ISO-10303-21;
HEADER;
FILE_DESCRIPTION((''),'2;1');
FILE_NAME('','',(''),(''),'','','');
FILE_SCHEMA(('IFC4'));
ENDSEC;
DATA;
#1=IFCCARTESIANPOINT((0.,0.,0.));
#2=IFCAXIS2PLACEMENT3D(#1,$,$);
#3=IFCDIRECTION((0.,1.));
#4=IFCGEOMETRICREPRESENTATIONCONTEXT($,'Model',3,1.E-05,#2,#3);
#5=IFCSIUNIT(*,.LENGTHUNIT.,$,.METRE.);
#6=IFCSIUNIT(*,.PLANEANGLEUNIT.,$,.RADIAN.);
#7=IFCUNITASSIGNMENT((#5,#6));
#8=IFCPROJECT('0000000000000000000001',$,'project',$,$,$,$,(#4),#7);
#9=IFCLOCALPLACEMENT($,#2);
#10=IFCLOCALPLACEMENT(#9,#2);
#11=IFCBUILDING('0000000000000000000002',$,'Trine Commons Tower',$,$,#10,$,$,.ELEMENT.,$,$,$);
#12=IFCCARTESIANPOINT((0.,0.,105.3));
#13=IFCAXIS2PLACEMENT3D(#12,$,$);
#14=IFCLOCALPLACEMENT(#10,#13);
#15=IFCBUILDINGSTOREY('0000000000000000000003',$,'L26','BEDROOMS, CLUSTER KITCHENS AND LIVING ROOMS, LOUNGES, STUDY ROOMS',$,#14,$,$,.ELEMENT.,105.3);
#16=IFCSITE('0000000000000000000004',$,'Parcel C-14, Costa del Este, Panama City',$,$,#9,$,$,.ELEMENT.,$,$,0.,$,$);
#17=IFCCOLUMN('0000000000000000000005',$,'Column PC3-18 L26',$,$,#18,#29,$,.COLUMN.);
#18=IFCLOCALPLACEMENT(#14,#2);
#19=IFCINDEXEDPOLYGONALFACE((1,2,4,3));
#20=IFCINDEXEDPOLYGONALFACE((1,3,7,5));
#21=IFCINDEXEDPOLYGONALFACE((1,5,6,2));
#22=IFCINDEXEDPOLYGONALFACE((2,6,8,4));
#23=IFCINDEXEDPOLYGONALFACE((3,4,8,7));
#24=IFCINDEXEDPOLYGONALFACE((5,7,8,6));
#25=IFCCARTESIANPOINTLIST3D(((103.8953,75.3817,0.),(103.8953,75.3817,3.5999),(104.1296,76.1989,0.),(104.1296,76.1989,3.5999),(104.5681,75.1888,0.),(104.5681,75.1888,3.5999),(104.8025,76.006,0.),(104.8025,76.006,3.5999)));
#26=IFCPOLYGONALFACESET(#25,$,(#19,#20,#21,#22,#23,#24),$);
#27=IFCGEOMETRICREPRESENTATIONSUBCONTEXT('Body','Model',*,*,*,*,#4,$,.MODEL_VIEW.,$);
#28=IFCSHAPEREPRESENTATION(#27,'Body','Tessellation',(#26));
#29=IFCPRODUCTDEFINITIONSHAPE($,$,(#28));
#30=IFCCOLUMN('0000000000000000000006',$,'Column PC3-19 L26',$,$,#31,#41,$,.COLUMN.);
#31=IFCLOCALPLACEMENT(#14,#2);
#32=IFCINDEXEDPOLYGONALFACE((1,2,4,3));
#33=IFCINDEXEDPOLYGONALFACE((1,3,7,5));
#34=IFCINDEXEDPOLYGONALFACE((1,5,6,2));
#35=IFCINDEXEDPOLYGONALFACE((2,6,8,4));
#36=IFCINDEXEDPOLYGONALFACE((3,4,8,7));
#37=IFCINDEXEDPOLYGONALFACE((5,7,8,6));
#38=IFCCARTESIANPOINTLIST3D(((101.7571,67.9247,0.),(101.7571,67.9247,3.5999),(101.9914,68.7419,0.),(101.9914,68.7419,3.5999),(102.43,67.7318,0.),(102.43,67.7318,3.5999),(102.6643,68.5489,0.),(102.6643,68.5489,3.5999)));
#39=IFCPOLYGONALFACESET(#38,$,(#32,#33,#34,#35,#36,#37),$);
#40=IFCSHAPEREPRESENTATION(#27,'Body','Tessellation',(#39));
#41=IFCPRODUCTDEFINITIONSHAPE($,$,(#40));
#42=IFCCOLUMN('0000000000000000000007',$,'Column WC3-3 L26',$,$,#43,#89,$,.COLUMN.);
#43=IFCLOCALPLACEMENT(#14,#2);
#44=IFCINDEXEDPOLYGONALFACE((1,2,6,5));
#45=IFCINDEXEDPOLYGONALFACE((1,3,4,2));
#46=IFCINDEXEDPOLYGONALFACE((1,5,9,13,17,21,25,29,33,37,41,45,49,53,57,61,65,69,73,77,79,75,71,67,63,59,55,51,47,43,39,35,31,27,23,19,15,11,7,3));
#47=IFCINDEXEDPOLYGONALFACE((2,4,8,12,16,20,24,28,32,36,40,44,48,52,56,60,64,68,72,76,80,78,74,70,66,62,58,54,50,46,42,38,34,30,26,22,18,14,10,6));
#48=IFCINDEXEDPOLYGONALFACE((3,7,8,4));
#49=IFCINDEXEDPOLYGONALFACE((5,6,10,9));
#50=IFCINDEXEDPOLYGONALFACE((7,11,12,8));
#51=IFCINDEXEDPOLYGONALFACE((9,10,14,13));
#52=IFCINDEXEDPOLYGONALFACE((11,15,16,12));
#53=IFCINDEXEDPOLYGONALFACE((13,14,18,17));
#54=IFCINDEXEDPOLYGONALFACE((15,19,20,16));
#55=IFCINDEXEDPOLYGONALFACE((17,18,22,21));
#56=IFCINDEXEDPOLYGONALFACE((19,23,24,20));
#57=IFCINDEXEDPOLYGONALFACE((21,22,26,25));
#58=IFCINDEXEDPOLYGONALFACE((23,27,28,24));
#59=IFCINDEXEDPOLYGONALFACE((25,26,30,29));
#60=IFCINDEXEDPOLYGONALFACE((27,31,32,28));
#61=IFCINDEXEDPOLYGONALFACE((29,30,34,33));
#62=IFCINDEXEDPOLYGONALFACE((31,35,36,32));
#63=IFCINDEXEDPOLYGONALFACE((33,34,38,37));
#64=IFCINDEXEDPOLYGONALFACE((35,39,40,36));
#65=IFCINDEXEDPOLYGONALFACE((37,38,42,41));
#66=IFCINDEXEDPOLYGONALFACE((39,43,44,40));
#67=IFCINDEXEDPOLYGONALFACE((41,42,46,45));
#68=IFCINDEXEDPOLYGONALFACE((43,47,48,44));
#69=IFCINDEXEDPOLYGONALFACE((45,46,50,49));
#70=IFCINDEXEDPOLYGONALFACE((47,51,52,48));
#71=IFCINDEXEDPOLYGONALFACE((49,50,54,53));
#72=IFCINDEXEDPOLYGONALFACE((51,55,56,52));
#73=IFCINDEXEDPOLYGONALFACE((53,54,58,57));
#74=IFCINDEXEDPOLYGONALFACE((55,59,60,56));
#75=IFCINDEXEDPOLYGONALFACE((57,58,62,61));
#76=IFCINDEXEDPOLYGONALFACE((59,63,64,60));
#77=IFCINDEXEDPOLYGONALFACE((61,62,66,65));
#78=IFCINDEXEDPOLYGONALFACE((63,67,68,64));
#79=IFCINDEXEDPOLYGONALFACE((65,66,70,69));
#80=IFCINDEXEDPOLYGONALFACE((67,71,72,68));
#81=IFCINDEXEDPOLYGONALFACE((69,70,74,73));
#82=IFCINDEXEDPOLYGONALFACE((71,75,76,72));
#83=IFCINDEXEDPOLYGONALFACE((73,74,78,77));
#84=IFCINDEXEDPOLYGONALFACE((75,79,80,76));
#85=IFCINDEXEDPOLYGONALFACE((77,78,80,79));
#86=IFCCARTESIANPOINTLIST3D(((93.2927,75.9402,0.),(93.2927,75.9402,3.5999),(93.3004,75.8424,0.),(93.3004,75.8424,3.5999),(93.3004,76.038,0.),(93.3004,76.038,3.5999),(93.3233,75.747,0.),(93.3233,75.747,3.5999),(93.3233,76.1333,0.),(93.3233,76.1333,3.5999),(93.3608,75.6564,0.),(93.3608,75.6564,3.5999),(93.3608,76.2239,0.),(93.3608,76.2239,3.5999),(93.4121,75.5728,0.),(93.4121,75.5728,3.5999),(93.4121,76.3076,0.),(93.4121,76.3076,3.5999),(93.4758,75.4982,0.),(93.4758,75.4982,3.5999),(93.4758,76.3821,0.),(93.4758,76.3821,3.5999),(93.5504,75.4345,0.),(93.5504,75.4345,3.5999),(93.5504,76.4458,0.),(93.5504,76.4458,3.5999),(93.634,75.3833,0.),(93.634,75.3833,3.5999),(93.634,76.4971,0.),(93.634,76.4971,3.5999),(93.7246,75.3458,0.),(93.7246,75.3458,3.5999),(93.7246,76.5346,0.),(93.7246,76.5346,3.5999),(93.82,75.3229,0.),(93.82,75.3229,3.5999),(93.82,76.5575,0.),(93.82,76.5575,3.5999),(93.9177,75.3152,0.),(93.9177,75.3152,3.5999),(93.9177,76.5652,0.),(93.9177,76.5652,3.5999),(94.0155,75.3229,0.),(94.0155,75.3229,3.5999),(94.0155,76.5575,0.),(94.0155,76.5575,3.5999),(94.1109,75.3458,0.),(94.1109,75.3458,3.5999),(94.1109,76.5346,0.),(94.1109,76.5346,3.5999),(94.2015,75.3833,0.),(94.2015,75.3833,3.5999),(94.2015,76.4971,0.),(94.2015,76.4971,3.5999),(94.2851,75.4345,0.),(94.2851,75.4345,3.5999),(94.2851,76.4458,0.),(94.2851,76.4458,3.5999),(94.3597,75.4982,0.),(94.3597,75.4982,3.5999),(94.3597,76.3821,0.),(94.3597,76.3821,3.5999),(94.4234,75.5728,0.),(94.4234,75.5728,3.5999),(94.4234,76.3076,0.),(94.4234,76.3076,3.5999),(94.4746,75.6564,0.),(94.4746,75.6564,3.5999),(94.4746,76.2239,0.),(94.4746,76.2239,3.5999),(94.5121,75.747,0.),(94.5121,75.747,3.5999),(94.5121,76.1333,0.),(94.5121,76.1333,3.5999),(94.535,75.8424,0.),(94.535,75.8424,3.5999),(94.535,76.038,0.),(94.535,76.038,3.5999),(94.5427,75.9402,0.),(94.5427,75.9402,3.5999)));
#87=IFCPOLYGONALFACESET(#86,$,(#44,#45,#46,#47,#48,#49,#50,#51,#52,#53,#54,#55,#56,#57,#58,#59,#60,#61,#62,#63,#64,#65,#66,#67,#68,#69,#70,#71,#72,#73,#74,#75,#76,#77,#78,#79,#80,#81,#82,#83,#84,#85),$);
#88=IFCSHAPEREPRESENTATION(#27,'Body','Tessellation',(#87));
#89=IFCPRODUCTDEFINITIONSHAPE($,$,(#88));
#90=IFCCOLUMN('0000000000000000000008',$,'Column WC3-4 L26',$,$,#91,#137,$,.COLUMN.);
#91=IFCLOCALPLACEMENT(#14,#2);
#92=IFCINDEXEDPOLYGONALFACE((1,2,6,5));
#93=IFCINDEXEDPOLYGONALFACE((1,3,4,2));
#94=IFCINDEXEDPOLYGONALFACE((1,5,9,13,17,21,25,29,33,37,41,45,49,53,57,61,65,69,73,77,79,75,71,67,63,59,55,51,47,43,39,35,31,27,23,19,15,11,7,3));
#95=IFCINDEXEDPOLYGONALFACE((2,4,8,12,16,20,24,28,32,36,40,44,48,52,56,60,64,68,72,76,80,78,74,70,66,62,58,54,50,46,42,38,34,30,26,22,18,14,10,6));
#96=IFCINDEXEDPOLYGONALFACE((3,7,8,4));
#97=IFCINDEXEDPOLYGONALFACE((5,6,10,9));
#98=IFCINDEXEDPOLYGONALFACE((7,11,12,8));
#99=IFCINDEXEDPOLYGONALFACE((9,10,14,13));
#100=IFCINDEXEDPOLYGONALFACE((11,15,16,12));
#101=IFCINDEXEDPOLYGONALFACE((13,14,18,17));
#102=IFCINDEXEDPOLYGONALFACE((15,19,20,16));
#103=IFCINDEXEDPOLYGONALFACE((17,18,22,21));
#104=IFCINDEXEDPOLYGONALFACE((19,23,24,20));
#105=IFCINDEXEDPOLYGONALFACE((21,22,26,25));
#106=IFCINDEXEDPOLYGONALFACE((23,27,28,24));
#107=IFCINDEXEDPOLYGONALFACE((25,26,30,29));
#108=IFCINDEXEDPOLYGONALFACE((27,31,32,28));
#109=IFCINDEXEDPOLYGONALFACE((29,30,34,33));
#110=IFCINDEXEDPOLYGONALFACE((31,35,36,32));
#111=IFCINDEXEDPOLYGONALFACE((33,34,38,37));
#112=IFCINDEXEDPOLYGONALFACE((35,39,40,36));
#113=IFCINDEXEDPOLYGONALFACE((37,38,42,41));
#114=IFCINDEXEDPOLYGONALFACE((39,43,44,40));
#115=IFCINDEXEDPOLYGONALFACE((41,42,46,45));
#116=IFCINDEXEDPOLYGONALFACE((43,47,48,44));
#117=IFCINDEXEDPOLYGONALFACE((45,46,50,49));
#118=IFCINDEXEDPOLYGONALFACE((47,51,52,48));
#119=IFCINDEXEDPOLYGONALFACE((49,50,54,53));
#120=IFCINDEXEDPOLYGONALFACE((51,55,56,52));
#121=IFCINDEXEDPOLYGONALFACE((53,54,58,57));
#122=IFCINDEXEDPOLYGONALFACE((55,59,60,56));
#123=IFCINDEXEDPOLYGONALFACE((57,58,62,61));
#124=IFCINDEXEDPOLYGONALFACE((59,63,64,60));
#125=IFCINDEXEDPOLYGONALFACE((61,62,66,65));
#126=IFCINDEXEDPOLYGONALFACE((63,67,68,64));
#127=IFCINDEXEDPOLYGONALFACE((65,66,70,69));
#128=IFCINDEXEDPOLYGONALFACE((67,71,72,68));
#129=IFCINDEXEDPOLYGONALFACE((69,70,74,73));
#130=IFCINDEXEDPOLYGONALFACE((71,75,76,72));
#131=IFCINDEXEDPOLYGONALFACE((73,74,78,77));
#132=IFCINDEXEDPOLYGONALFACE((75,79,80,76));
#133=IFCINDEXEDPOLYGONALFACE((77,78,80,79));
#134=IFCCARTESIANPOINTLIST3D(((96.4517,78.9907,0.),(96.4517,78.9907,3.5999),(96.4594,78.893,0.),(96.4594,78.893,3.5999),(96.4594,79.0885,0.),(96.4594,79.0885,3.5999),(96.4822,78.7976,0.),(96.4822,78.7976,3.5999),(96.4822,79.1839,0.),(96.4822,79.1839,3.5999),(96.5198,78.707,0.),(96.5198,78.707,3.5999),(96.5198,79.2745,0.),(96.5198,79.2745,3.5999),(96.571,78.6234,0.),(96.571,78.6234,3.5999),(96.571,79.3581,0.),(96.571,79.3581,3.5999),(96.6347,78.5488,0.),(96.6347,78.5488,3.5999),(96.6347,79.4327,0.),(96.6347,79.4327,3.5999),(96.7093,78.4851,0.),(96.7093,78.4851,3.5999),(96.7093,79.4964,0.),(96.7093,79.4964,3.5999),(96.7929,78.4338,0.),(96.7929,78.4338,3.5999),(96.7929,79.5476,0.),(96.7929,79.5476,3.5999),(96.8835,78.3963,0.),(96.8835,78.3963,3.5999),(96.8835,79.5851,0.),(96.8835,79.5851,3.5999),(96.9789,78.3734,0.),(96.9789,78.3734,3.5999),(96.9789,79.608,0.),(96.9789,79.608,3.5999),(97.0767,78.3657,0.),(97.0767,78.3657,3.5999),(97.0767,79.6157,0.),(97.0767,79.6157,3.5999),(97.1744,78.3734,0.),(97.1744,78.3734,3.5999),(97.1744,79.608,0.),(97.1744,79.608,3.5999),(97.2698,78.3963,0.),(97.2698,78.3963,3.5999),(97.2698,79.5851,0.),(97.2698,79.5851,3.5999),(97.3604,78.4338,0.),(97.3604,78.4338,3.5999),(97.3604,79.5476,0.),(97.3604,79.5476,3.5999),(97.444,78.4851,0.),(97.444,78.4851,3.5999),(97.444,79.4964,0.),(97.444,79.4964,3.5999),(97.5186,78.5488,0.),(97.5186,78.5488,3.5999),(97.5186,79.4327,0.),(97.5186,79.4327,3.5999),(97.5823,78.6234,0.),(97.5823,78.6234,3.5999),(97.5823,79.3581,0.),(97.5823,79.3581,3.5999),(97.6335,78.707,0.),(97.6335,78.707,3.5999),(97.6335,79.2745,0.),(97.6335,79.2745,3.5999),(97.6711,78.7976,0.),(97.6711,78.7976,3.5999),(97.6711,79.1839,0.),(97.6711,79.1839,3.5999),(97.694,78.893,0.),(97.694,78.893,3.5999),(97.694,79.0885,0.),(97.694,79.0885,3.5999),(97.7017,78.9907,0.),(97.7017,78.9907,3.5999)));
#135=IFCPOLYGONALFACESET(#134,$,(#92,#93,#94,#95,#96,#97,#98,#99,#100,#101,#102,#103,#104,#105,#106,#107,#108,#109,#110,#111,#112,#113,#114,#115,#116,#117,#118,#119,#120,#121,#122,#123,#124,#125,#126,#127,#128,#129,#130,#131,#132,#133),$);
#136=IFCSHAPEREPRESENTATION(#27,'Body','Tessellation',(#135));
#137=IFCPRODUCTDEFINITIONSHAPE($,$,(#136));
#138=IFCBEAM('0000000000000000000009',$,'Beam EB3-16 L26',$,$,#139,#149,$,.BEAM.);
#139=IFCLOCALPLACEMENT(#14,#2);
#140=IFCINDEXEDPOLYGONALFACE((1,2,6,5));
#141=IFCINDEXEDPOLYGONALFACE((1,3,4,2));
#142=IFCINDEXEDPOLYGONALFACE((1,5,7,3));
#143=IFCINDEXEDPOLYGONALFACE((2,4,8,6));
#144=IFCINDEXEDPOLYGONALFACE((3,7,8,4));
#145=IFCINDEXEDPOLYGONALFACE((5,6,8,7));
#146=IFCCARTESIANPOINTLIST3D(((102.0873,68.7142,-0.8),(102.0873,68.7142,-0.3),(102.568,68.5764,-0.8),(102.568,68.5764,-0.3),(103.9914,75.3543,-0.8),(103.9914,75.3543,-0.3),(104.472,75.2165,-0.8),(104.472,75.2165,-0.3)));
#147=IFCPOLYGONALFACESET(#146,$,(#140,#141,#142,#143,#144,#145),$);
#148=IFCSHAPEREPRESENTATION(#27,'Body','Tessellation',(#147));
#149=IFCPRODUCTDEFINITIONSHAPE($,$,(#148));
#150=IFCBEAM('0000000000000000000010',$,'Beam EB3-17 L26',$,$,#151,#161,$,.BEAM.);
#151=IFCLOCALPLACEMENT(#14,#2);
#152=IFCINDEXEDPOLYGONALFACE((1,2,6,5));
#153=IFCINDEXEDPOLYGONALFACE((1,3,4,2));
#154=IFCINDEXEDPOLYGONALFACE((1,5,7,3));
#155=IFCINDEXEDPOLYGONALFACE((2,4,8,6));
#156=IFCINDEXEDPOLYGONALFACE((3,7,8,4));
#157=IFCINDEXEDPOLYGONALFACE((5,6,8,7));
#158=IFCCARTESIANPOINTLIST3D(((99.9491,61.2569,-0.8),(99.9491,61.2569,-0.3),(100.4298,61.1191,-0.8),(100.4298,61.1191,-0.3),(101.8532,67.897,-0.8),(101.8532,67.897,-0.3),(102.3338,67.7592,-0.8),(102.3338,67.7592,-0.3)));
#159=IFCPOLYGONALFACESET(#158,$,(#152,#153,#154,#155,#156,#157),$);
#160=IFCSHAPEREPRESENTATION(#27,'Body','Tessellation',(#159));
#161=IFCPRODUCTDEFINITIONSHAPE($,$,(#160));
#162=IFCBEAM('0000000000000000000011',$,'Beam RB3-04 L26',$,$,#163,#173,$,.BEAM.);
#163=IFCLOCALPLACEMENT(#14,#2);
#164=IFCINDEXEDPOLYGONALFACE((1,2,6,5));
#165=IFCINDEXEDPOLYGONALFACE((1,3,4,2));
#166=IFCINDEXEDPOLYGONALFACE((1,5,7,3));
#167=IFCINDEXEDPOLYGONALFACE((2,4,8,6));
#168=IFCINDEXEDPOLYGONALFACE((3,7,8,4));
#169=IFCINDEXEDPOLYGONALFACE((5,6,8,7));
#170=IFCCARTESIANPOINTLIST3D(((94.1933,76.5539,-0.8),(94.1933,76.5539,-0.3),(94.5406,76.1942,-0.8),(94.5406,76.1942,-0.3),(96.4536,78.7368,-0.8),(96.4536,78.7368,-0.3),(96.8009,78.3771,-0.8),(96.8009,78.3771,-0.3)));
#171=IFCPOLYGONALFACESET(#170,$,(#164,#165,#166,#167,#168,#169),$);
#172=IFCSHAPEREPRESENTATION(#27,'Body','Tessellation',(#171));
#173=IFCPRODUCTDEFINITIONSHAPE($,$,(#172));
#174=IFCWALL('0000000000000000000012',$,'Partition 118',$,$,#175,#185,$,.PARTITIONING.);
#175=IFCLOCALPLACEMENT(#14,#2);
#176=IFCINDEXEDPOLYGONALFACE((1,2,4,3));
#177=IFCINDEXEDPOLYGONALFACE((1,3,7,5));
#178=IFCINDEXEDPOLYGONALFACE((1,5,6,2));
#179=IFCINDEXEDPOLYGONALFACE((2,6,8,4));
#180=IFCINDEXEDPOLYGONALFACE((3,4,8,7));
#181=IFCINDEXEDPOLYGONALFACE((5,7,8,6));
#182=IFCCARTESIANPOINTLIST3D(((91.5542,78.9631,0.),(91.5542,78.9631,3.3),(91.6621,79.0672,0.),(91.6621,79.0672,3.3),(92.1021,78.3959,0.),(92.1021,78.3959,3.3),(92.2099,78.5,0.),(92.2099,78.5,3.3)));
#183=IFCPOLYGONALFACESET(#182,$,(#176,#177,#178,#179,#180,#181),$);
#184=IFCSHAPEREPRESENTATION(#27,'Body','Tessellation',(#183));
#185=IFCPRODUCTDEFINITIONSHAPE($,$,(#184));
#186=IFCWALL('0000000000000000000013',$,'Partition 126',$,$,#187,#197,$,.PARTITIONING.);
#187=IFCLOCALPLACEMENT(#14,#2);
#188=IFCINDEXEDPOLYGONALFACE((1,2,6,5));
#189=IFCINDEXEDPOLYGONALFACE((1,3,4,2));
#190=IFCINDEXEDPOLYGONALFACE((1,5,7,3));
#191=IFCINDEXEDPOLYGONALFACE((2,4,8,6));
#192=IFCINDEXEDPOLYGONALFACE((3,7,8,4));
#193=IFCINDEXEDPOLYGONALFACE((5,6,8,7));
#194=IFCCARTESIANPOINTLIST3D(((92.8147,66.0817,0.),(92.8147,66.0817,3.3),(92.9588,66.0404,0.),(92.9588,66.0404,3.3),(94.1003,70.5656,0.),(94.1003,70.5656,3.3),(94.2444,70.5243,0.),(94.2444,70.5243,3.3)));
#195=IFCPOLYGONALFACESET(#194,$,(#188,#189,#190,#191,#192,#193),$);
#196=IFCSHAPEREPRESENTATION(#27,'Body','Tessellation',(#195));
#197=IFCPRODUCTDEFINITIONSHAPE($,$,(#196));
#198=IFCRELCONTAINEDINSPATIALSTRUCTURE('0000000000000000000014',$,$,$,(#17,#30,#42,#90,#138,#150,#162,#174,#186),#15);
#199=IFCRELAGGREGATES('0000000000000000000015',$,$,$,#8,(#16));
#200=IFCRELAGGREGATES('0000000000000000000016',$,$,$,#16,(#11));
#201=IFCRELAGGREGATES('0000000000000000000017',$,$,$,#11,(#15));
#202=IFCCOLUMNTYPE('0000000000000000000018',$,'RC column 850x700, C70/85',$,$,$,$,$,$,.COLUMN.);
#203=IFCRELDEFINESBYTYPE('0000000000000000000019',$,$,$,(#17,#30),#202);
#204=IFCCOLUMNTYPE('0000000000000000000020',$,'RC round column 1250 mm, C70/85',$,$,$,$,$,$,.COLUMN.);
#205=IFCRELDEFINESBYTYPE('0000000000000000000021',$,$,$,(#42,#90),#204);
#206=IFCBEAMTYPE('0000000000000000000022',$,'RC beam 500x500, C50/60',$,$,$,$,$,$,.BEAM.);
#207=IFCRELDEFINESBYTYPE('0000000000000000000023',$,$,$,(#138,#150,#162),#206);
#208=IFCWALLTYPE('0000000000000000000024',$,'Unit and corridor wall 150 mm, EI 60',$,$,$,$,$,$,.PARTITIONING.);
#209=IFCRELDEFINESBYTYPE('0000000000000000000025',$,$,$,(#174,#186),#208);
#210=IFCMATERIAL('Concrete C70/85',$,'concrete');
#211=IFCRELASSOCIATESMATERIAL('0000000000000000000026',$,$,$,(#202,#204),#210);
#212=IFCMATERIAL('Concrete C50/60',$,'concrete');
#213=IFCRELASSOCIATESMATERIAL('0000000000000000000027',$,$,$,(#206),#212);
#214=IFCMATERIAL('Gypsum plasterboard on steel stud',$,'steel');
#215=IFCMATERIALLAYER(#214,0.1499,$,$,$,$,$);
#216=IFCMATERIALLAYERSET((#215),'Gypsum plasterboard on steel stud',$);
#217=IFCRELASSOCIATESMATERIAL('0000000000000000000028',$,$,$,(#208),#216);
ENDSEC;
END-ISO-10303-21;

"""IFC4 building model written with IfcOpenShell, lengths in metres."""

from ifc_helpers import new_model, si_unit, direction, frame, frame_2d, origin, origin_2d, place, context, subcontext, project, spatial, rectangle, circle, extrude, material, layer, layer_set, material_profile, profile_set, type_object, element, save


model = new_model("IFC4")

# Units and contexts
model_context = context("Model", 3, precision=1e-05, world=origin(), true_north=direction((0.0, 1.0)))
body_context = subcontext(model_context, "Body", "Model", "MODEL_VIEW")
ifc_project = project(units=[si_unit("LENGTHUNIT", "METRE"), si_unit("PLANEANGLEUNIT", "RADIAN")], contexts=[model_context])

# Site, building, storey
site_placement = place(None, origin())
site = spatial("IfcSite", under=ifc_project, at=site_placement, Name="Parcel C-14, Costa del Este, Panama City", CompositionType="ELEMENT", RefElevation=0.0)
building_placement = place(site_placement, origin())
building = spatial("IfcBuilding", under=site, at=building_placement, Name="Trine Commons Tower", CompositionType="ELEMENT")
storey_placement = place(building_placement, frame((0.0, 0.0, 105.3)))
storey = spatial("IfcBuildingStorey", under=building, at=storey_placement, Name="L26", Description="BEDROOMS, CLUSTER KITCHENS AND LIVING ROOMS, LOUNGES, STUDY ROOMS", CompositionType="ELEMENT", Elevation=105.3)

# Columns
ifc_material_1 = material(Name="Concrete C70/85", Category="concrete")
ifc_material_profile_1 = material_profile(ifc_material_1, rectangle(XDim=0.8501, YDim=0.7, at=origin_2d()), Name="RC 850x700")
ifc_profile_set_1 = profile_set([ifc_material_profile_1], Name="Concrete C70/85")
column_type_1 = type_object("IfcColumnType", Name="RC column 850x700, C70/85", PredefinedType="COLUMN", material=ifc_profile_set_1)
for number, where, z_axis, x_axis, name in (
    (1, (104.3489, 75.6938, 0.0), (0.0, 0.0, 1.0), (0.275637, 0.961262, 0.0), "Column PC3-18 L26"),
    (2, (102.2107, 68.2368, 0.0), (0.0, 0.0, 1.0), (0.275637, 0.961262, 0.0), "Column PC3-19 L26"),
):
    element("IfcColumn", number, at=place(storey_placement, frame(where, z_axis=z_axis, x_axis=x_axis)), inside=storey, type_object=column_type_1, Name=name, PredefinedType="COLUMN", context=body_context, shape_type="SweptSolid", body=[
        extrude(rectangle(XDim=0.8501, YDim=0.7, at=origin_2d()), origin(), (0.0, 0.0, 1.0), 3.5999),
    ])
ifc_material_profile_2 = material_profile(ifc_material_1, circle(Radius=0.625, at=origin_2d()), Name="RC round 1250")
ifc_profile_set_2 = profile_set([ifc_material_profile_2], Name="Concrete C70/85")
column_type_2 = type_object("IfcColumnType", Name="RC round column 1250 mm, C70/85", PredefinedType="COLUMN", material=ifc_profile_set_2)
for number, where, z_axis, x_axis, name in (
    (3, (93.9177, 75.9402, 0.0), (0.0, 0.0, 1.0), (1.0, 0.0, 0.0), "Column WC3-3 L26"),
    (4, (97.0767, 78.9907, 0.0), (0.0, 0.0, 1.0), (1.0, 0.0, 0.0), "Column WC3-4 L26"),
):
    element("IfcColumn", number, at=place(storey_placement, frame(where, z_axis=z_axis, x_axis=x_axis)), inside=storey, type_object=column_type_2, Name=name, PredefinedType="COLUMN", context=body_context, shape_type="SweptSolid", body=[
        extrude(circle(Radius=0.625, at=origin_2d()), origin(), (0.0, 0.0, 1.0), 3.5999),
    ])

# Beams
ifc_material_2 = material(Name="Concrete C50/60", Category="concrete")
ifc_material_profile_3 = material_profile(ifc_material_2, rectangle(XDim=0.5, YDim=0.5, at=origin_2d()), Name="RC 500x500")
ifc_profile_set_3 = profile_set([ifc_material_profile_3], Name="Concrete C50/60")
beam_type = type_object("IfcBeamType", Name="RC beam 500x500, C50/60", PredefinedType="BEAM", material=ifc_profile_set_3)
for number, where, z_axis, x_axis, name in (
    (5, (104.2317, 75.2854, -0.55), (-0.275641, -0.961261, 0.0), (0.961261, -0.275641, 0.0), "Beam EB3-16 L26"),
    (6, (102.0935, 67.8281, -0.55), (-0.275641, -0.961261, 0.0), (0.961261, -0.275641, 0.0), "Beam EB3-17 L26"),
):
    element("IfcBeam", number, at=place(storey_placement, frame(where, z_axis=z_axis, x_axis=x_axis)), inside=storey, type_object=beam_type, Name=name, PredefinedType="BEAM", context=body_context, shape_type="SweptSolid", body=[
        extrude(rectangle(XDim=0.5, YDim=0.5, at=origin_2d()), origin(), (0.0, 0.0, 1.0), 6.9077),
    ])
beam_placement = place(storey_placement, frame((94.3669, 76.374, -0.55), z_axis=(0.719314, 0.694685, 0.0), x_axis=(-0.694685, 0.719314, 0.0)))
element("IfcBeam", 7, at=beam_placement, inside=storey, type_object=beam_type, Name="Beam RB3-04 L26", PredefinedType="BEAM", context=body_context, shape_type="SweptSolid", body=[
    extrude(rectangle(XDim=0.5, YDim=0.5, at=origin_2d()), origin(), (0.0, 0.0, 1.0), 3.1423),
])

# Walls
ifc_material_3 = material(Name="Gypsum plasterboard on steel stud", Category="steel")
ifc_layer_1 = layer(ifc_material_3, 0.1499)
ifc_layer_set_1 = layer_set([ifc_layer_1], Name="Gypsum plasterboard on steel stud")
wall_type_1 = type_object("IfcWallType", Name="Unit and corridor wall 150 mm, EI 60", PredefinedType="PARTITIONING", material=ifc_layer_set_1)
wall_1_placement = place(storey_placement, frame((91.6082, 79.0151, 0.0), z_axis=(0.0, 0.0, 1.0), x_axis=(0.694771, -0.719231, 0.0)))
element("IfcWall", 8, at=wall_1_placement, inside=storey, type_object=wall_type_1, Name="Partition 118", PredefinedType="PARTITIONING", context=body_context, shape_type="SweptSolid", body=[
    extrude(rectangle(XDim=0.7886, YDim=0.1499, at=frame_2d((0.3943, 0.0))), origin(), (0.0, 0.0, 1.0), 3.3),
])
wall_2_placement = place(storey_placement, frame((92.8867, 66.061, 0.0), z_axis=(0.0, 0.0, 1.0), x_axis=(0.27562, 0.961267, 0.0)))
element("IfcWall", 9, at=wall_2_placement, inside=storey, type_object=wall_type_1, Name="Partition 126", PredefinedType="PARTITIONING", context=body_context, shape_type="SweptSolid", body=[
    extrude(rectangle(XDim=4.6646, YDim=0.1499, at=frame_2d((2.3323, 0.0))), origin(), (0.0, 0.0, 1.0), 3.3),
])

save(model, "model.ifc")
